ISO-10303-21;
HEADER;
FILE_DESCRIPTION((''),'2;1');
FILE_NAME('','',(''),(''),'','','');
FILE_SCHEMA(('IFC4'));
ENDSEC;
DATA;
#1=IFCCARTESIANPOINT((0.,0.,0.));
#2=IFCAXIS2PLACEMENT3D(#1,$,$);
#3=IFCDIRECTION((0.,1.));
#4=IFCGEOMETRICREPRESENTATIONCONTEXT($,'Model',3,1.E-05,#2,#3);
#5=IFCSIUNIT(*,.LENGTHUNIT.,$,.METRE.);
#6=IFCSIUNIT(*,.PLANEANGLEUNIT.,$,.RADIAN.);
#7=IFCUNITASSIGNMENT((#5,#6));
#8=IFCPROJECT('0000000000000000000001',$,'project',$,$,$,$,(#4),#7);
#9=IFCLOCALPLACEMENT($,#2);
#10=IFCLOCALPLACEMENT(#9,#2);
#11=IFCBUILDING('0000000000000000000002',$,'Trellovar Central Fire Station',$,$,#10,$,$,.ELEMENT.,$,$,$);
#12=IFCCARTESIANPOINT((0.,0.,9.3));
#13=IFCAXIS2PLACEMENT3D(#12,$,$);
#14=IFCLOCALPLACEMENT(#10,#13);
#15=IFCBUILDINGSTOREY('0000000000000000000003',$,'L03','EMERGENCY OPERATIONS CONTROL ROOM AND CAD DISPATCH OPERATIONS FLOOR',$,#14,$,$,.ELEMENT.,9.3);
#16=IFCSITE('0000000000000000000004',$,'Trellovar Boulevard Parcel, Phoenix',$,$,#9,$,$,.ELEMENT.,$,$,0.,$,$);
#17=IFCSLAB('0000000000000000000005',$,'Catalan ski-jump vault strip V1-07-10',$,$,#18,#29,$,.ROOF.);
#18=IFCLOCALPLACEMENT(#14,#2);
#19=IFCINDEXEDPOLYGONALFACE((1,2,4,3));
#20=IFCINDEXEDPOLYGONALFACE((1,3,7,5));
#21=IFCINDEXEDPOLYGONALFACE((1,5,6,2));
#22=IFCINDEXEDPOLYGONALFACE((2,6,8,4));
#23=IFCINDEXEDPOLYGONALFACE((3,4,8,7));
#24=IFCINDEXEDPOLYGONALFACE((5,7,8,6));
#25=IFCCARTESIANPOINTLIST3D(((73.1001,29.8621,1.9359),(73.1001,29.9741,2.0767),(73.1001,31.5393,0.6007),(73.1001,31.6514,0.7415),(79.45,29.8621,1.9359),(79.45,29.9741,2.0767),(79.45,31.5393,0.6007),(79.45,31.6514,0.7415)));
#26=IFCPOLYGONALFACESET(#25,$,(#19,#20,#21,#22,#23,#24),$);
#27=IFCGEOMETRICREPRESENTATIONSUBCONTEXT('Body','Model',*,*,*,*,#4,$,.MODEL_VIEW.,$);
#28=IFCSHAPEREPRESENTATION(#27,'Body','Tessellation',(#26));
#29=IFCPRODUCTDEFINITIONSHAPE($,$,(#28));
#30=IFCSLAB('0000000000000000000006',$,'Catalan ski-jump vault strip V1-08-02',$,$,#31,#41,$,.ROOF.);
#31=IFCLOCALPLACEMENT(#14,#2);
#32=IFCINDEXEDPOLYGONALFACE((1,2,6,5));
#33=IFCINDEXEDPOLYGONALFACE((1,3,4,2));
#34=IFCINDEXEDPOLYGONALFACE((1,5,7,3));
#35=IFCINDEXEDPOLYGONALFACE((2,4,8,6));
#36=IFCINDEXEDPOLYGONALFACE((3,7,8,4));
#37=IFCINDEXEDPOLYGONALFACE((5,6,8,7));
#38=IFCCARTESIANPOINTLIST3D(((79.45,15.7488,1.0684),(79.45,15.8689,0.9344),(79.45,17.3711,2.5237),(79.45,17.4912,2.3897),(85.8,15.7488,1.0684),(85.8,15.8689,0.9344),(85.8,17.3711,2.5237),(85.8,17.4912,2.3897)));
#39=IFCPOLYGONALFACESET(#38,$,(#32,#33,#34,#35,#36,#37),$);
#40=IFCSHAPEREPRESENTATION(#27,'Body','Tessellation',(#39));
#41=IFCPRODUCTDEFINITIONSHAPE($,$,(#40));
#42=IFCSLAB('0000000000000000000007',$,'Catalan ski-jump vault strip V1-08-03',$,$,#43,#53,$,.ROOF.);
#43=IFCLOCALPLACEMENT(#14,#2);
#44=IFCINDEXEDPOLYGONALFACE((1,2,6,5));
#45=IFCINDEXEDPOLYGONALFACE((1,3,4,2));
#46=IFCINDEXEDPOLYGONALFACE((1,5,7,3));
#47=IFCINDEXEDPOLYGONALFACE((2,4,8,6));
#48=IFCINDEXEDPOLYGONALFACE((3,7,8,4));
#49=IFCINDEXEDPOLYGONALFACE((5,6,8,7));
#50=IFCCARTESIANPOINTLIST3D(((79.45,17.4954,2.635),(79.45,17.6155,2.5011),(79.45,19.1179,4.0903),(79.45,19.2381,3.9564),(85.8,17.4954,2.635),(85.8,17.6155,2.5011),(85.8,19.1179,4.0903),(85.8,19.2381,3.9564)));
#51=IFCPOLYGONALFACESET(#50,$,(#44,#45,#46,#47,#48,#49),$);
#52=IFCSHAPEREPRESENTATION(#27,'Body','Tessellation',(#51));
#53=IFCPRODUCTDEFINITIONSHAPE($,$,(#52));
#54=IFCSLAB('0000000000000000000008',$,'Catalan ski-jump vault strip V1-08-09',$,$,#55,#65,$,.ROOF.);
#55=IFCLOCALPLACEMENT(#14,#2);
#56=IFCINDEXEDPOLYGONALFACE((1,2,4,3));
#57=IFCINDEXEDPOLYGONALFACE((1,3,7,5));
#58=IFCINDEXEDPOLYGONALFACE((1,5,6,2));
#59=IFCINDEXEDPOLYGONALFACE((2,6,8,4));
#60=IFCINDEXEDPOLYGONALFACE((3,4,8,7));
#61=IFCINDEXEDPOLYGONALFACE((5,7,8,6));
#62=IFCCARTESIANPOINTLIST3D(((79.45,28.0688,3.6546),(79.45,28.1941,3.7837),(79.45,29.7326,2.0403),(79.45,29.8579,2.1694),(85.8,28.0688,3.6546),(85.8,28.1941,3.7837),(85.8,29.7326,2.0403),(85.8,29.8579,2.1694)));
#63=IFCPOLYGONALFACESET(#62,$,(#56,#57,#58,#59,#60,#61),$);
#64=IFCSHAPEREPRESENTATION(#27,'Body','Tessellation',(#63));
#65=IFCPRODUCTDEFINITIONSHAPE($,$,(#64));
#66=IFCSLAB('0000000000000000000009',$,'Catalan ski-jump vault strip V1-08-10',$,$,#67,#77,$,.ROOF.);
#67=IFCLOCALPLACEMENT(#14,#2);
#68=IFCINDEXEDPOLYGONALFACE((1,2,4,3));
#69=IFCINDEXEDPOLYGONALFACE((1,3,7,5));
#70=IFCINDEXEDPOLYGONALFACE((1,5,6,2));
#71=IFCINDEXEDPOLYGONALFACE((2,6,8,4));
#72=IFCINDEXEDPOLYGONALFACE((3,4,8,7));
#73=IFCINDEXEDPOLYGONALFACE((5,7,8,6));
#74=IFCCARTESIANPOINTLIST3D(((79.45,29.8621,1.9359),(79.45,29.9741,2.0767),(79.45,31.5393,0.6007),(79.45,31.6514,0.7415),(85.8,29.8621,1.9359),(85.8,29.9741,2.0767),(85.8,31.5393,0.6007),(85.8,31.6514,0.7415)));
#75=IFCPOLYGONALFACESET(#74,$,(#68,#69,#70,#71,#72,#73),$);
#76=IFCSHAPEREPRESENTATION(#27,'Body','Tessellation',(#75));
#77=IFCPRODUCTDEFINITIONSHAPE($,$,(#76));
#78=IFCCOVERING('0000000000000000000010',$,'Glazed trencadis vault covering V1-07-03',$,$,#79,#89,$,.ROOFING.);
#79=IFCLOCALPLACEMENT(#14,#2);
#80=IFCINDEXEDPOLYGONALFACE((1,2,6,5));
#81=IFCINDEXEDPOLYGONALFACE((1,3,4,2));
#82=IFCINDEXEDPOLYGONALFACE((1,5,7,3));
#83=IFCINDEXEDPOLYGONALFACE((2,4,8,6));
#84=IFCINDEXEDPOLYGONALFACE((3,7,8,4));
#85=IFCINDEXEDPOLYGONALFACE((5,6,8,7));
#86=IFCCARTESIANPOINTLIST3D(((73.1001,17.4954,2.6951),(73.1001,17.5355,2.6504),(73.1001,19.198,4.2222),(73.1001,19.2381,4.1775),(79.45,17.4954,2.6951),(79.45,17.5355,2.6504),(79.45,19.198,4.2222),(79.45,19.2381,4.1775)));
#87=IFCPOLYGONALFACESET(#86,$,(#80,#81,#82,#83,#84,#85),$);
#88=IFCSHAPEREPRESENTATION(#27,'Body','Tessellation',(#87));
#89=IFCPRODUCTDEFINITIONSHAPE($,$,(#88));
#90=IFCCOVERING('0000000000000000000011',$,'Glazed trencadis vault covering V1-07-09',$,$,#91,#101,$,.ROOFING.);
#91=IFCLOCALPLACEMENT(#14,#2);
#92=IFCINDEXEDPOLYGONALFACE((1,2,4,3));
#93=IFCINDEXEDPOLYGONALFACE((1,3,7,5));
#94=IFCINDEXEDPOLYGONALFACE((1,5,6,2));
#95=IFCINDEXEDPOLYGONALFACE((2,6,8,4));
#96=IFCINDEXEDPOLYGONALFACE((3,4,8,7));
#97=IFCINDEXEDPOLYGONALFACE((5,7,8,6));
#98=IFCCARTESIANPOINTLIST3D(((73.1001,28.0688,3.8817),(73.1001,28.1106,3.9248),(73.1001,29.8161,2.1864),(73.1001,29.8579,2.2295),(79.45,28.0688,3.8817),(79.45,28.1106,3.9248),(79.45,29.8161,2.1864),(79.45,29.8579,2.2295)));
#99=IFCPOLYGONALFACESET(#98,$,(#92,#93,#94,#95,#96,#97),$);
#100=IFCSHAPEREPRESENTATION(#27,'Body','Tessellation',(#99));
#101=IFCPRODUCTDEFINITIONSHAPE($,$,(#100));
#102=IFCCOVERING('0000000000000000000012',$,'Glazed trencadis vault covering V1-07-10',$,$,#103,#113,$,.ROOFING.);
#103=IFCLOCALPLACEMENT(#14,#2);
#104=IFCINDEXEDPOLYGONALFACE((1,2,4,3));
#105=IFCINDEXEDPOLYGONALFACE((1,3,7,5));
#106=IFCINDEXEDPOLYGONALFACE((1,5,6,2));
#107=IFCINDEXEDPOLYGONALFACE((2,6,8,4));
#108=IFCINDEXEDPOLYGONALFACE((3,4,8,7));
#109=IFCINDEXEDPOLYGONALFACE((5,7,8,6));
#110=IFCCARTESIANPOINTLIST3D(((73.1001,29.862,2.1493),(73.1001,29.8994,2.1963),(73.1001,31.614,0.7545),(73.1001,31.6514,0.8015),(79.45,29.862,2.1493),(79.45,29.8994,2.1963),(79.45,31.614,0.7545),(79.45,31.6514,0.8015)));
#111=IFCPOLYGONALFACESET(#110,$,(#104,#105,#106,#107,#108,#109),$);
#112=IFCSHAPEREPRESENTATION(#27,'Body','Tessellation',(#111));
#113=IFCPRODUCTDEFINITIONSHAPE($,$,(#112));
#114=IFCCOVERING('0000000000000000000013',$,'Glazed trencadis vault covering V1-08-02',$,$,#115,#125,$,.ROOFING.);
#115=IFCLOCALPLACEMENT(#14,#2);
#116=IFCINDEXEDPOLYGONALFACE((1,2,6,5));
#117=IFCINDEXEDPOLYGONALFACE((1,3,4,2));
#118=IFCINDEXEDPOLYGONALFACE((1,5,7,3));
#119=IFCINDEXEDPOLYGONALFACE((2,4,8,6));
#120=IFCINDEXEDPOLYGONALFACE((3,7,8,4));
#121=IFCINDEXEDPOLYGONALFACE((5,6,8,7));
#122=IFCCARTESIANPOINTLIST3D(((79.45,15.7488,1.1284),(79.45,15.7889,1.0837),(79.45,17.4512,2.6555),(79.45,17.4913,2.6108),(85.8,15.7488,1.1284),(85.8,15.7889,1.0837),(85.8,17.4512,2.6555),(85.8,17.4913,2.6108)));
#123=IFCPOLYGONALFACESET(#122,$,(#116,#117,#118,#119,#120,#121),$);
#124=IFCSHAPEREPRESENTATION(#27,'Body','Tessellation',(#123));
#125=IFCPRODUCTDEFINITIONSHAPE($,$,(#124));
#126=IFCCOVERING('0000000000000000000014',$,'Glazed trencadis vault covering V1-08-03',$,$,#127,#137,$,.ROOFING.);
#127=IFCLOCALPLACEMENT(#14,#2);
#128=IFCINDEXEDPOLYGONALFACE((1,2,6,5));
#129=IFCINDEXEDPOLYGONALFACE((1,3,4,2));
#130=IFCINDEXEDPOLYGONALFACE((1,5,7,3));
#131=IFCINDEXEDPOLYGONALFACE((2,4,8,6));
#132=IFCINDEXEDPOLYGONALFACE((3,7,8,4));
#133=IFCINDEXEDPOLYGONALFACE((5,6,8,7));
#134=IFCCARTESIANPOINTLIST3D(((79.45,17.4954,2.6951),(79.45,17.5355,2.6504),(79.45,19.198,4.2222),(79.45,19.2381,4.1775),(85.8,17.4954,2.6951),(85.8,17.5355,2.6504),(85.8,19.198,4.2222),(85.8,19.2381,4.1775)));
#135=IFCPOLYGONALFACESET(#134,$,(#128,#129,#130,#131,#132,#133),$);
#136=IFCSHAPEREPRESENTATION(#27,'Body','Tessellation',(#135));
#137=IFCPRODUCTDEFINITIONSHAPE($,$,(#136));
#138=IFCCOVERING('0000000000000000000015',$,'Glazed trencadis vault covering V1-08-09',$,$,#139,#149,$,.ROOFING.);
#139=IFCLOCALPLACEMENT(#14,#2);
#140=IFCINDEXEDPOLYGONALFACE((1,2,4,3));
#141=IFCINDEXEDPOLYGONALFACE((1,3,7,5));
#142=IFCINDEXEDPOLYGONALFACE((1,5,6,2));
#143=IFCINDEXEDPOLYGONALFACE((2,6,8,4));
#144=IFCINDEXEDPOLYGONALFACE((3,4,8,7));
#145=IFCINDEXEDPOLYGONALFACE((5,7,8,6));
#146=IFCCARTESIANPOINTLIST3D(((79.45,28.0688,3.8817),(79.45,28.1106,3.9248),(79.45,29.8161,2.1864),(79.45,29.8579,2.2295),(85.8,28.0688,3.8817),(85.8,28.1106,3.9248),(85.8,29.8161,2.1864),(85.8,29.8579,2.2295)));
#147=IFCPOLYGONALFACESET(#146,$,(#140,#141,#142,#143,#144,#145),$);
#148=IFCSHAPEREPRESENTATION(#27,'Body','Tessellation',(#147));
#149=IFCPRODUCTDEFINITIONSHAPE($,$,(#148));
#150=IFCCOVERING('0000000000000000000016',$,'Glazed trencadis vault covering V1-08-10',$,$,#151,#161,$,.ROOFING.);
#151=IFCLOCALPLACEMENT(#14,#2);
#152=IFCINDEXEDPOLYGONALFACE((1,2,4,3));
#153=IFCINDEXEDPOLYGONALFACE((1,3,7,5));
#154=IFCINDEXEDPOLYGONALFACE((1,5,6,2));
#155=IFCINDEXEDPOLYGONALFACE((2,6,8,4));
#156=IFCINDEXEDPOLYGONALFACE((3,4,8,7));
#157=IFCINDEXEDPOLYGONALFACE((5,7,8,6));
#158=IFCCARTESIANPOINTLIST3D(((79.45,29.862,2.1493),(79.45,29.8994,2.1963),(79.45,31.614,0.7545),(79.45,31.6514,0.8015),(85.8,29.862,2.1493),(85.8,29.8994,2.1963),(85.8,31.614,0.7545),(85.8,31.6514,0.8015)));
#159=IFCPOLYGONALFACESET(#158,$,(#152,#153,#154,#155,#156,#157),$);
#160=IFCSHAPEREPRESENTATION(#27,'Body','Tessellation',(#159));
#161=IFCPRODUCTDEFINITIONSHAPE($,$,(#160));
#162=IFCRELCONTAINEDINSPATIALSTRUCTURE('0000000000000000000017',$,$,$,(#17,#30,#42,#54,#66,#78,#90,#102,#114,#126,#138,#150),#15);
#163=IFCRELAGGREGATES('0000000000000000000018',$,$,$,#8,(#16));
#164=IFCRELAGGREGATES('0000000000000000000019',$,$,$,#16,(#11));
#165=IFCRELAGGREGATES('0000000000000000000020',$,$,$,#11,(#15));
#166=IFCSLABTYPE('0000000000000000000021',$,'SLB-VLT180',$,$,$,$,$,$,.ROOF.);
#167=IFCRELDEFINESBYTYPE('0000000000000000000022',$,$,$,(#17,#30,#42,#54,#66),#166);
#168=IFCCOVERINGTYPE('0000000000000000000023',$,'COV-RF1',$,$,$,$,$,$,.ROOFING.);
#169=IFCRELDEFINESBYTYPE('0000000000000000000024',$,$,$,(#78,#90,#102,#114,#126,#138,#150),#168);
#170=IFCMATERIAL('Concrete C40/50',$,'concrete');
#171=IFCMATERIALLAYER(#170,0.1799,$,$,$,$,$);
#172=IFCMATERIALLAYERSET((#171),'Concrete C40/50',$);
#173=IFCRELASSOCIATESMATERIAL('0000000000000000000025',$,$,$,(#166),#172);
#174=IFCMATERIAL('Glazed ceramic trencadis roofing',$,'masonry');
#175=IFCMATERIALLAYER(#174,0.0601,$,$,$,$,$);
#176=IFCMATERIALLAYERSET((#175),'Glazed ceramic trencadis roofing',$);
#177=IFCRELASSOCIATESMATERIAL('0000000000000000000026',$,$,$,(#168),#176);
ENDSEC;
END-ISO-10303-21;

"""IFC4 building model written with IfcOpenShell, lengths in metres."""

from ifc_helpers import new_model, si_unit, direction, frame, origin, place, context, subcontext, project, spatial, polyline, outline, extrude, material, layer, layer_set, type_object, element, save


model = new_model("IFC4")

# Units and contexts
model_context = context("Model", 3, precision=1e-05, world=origin(), true_north=direction((0.0, 1.0)))
body_context = subcontext(model_context, "Body", "Model", "MODEL_VIEW")
ifc_project = project(units=[si_unit("LENGTHUNIT", "METRE"), si_unit("PLANEANGLEUNIT", "RADIAN")], contexts=[model_context])

# Site, building, storey
site_placement = place(None, origin())
site = spatial("IfcSite", under=ifc_project, at=site_placement, Name="Trellovar Boulevard Parcel, Phoenix", CompositionType="ELEMENT", RefElevation=0.0)
building_placement = place(site_placement, origin())
building = spatial("IfcBuilding", under=site, at=building_placement, Name="Trellovar Central Fire Station", CompositionType="ELEMENT")
storey_placement = place(building_placement, frame((0.0, 0.0, 9.3)))
storey = spatial("IfcBuildingStorey", under=building, at=storey_placement, Name="L03", Description="EMERGENCY OPERATIONS CONTROL ROOM AND CAD DISPATCH OPERATIONS FLOOR", CompositionType="ELEMENT", Elevation=9.3)

# Slabs
ifc_material_1 = material(Name="Concrete C40/50", Category="concrete")
ifc_layer_1 = layer(ifc_material_1, 0.1799)
ifc_layer_set_1 = layer_set([ifc_layer_1], Name="Concrete C40/50")
slab_type = type_object("IfcSlabType", Name="SLB-VLT180", PredefinedType="ROOF", material=ifc_layer_set_1)
slab_1_placement = place(storey_placement, frame((73.1001, 29.9741, 2.0767), z_axis=(0.0, 0.622818, 0.782366), x_axis=(1.0, 0.0, 0.0)))
element("IfcSlab", 1, at=slab_1_placement, inside=storey, type_object=slab_type, Name="Catalan ski-jump vault strip V1-07-10", PredefinedType="ROOF", context=body_context, shape_type="SweptSolid", body=[
    extrude(outline(polyline([(0.0, 0.0), (6.3499, 0.0), (6.3499, 2.1438), (0.0, 2.1438), (0.0, 0.0)])), origin(), (0.0, 0.0, -1.0), 0.1799),
])
slab_2_placement = place(storey_placement, frame((79.45, 15.7488, 1.0684), z_axis=(0.0, -0.667757, 0.744379), x_axis=(1.0, 0.0, 0.0)))
element("IfcSlab", 2, at=slab_2_placement, inside=storey, type_object=slab_type, Name="Catalan ski-jump vault strip V1-08-02", PredefinedType="ROOF", context=body_context, shape_type="SweptSolid", body=[
    extrude(outline(polyline([(0.0, 0.0), (6.3501, 0.0), (6.3501, 2.1794), (0.0, 2.1794), (0.0, 0.0)])), origin(), (0.0, 0.0, -1.0), 0.1799),
])
slab_3_placement = place(storey_placement, frame((79.45, 17.4954, 2.635), z_axis=(0.0, -0.667701, 0.744429), x_axis=(1.0, 0.0, 0.0)))
element("IfcSlab", 3, at=slab_3_placement, inside=storey, type_object=slab_type, Name="Catalan ski-jump vault strip V1-08-03", PredefinedType="ROOF", context=body_context, shape_type="SweptSolid", body=[
    extrude(outline(polyline([(0.0, 0.0), (6.3501, 0.0), (6.3501, 2.1796), (0.0, 2.1796), (0.0, 0.0)])), origin(), (0.0, 0.0, -1.0), 0.1799),
])
slab_4_placement = place(storey_placement, frame((79.45, 28.1941, 3.7837), z_axis=(0.0, 0.696337, 0.717715), x_axis=(1.0, 0.0, 0.0)))
element("IfcSlab", 4, at=slab_4_placement, inside=storey, type_object=slab_type, Name="Catalan ski-jump vault strip V1-08-09", PredefinedType="ROOF", context=body_context, shape_type="SweptSolid", body=[
    extrude(outline(polyline([(0.0, 0.0), (6.3501, 0.0), (6.3501, 2.3182), (0.0, 2.3182), (0.0, 0.0)])), origin(), (0.0, 0.0, -1.0), 0.1799),
])
slab_5_placement = place(storey_placement, frame((79.45, 29.9741, 2.0767), z_axis=(0.0, 0.622818, 0.782366), x_axis=(1.0, 0.0, 0.0)))
element("IfcSlab", 5, at=slab_5_placement, inside=storey, type_object=slab_type, Name="Catalan ski-jump vault strip V1-08-10", PredefinedType="ROOF", context=body_context, shape_type="SweptSolid", body=[
    extrude(outline(polyline([(0.0, 0.0), (6.3501, 0.0), (6.3501, 2.1438), (0.0, 2.1438), (0.0, 0.0)])), origin(), (0.0, 0.0, -1.0), 0.1799),
])

# Coverings
ifc_material_2 = material(Name="Glazed ceramic trencadis roofing", Category="masonry")
ifc_layer_2 = layer(ifc_material_2, 0.0601)
ifc_layer_set_2 = layer_set([ifc_layer_2], Name="Glazed ceramic trencadis roofing")
covering_type = type_object("IfcCoveringType", Name="COV-RF1", PredefinedType="ROOFING", material=ifc_layer_set_2)
covering_1_placement = place(storey_placement, frame((73.1001, 17.4954, 2.6951), z_axis=(0.0, -0.66769, 0.74444), x_axis=(1.0, 0.0, 0.0)))
element("IfcCovering", 6, at=covering_1_placement, inside=storey, type_object=covering_type, Name="Glazed trencadis vault covering V1-07-03", PredefinedType="ROOFING", context=body_context, shape_type="SweptSolid", body=[
    extrude(outline(polyline([(0.0, 0.0), (6.3499, 0.0), (6.3499, 2.2871), (0.0, 2.2871), (0.0, 0.0)])), origin(), (0.0, 0.0, -1.0), 0.0601),
])
covering_2_placement = place(storey_placement, frame((73.1001, 28.1106, 3.9248), z_axis=(0.0, 0.696346, 0.717706), x_axis=(1.0, 0.0, 0.0)))
element("IfcCovering", 7, at=covering_2_placement, inside=storey, type_object=covering_type, Name="Glazed trencadis vault covering V1-07-09", PredefinedType="ROOFING", context=body_context, shape_type="SweptSolid", body=[
    extrude(outline(polyline([(0.0, 0.0), (6.3499, 0.0), (6.3499, 2.4346), (0.0, 2.4346), (0.0, 0.0)])), origin(), (0.0, 0.0, -1.0), 0.0601),
])
covering_3_placement = place(storey_placement, frame((73.1001, 29.8994, 2.1963), z_axis=(0.0, 0.622845, 0.782345), x_axis=(1.0, 0.0, 0.0)))
element("IfcCovering", 8, at=covering_3_placement, inside=storey, type_object=covering_type, Name="Glazed trencadis vault covering V1-07-10", PredefinedType="ROOFING", context=body_context, shape_type="SweptSolid", body=[
    extrude(outline(polyline([(0.0, 0.0), (6.3499, 0.0), (6.3499, 2.2394), (0.0, 2.2394), (0.0, 0.0)])), origin(), (0.0, 0.0, -1.0), 0.0601),
])
covering_4_placement = place(storey_placement, frame((79.45, 15.7488, 1.1284), z_axis=(0.0, -0.667743, 0.744392), x_axis=(1.0, 0.0, 0.0)))
element("IfcCovering", 9, at=covering_4_placement, inside=storey, type_object=covering_type, Name="Glazed trencadis vault covering V1-08-02", PredefinedType="ROOFING", context=body_context, shape_type="SweptSolid", body=[
    extrude(outline(polyline([(0.0, 0.0), (6.3501, 0.0), (6.3501, 2.287), (0.0, 2.287), (0.0, 0.0)])), origin(), (0.0, 0.0, -1.0), 0.0601),
])
covering_5_placement = place(storey_placement, frame((79.45, 17.4954, 2.6951), z_axis=(0.0, -0.66769, 0.74444), x_axis=(1.0, 0.0, 0.0)))
element("IfcCovering", 10, at=covering_5_placement, inside=storey, type_object=covering_type, Name="Glazed trencadis vault covering V1-08-03", PredefinedType="ROOFING", context=body_context, shape_type="SweptSolid", body=[
    extrude(outline(polyline([(0.0, 0.0), (6.3501, 0.0), (6.3501, 2.2871), (0.0, 2.2871), (0.0, 0.0)])), origin(), (0.0, 0.0, -1.0), 0.0601),
])
covering_6_placement = place(storey_placement, frame((79.45, 28.1106, 3.9248), z_axis=(0.0, 0.696346, 0.717706), x_axis=(1.0, 0.0, 0.0)))
element("IfcCovering", 11, at=covering_6_placement, inside=storey, type_object=covering_type, Name="Glazed trencadis vault covering V1-08-09", PredefinedType="ROOFING", context=body_context, shape_type="SweptSolid", body=[
    extrude(outline(polyline([(0.0, 0.0), (6.3501, 0.0), (6.3501, 2.4346), (0.0, 2.4346), (0.0, 0.0)])), origin(), (0.0, 0.0, -1.0), 0.0601),
])
covering_7_placement = place(storey_placement, frame((79.45, 29.8994, 2.1963), z_axis=(0.0, 0.622845, 0.782345), x_axis=(1.0, 0.0, 0.0)))
element("IfcCovering", 12, at=covering_7_placement, inside=storey, type_object=covering_type, Name="Glazed trencadis vault covering V1-08-10", PredefinedType="ROOFING", context=body_context, shape_type="SweptSolid", body=[
    extrude(outline(polyline([(0.0, 0.0), (6.3501, 0.0), (6.3501, 2.2394), (0.0, 2.2394), (0.0, 0.0)])), origin(), (0.0, 0.0, -1.0), 0.0601),
])

save(model, "model.ifc")
